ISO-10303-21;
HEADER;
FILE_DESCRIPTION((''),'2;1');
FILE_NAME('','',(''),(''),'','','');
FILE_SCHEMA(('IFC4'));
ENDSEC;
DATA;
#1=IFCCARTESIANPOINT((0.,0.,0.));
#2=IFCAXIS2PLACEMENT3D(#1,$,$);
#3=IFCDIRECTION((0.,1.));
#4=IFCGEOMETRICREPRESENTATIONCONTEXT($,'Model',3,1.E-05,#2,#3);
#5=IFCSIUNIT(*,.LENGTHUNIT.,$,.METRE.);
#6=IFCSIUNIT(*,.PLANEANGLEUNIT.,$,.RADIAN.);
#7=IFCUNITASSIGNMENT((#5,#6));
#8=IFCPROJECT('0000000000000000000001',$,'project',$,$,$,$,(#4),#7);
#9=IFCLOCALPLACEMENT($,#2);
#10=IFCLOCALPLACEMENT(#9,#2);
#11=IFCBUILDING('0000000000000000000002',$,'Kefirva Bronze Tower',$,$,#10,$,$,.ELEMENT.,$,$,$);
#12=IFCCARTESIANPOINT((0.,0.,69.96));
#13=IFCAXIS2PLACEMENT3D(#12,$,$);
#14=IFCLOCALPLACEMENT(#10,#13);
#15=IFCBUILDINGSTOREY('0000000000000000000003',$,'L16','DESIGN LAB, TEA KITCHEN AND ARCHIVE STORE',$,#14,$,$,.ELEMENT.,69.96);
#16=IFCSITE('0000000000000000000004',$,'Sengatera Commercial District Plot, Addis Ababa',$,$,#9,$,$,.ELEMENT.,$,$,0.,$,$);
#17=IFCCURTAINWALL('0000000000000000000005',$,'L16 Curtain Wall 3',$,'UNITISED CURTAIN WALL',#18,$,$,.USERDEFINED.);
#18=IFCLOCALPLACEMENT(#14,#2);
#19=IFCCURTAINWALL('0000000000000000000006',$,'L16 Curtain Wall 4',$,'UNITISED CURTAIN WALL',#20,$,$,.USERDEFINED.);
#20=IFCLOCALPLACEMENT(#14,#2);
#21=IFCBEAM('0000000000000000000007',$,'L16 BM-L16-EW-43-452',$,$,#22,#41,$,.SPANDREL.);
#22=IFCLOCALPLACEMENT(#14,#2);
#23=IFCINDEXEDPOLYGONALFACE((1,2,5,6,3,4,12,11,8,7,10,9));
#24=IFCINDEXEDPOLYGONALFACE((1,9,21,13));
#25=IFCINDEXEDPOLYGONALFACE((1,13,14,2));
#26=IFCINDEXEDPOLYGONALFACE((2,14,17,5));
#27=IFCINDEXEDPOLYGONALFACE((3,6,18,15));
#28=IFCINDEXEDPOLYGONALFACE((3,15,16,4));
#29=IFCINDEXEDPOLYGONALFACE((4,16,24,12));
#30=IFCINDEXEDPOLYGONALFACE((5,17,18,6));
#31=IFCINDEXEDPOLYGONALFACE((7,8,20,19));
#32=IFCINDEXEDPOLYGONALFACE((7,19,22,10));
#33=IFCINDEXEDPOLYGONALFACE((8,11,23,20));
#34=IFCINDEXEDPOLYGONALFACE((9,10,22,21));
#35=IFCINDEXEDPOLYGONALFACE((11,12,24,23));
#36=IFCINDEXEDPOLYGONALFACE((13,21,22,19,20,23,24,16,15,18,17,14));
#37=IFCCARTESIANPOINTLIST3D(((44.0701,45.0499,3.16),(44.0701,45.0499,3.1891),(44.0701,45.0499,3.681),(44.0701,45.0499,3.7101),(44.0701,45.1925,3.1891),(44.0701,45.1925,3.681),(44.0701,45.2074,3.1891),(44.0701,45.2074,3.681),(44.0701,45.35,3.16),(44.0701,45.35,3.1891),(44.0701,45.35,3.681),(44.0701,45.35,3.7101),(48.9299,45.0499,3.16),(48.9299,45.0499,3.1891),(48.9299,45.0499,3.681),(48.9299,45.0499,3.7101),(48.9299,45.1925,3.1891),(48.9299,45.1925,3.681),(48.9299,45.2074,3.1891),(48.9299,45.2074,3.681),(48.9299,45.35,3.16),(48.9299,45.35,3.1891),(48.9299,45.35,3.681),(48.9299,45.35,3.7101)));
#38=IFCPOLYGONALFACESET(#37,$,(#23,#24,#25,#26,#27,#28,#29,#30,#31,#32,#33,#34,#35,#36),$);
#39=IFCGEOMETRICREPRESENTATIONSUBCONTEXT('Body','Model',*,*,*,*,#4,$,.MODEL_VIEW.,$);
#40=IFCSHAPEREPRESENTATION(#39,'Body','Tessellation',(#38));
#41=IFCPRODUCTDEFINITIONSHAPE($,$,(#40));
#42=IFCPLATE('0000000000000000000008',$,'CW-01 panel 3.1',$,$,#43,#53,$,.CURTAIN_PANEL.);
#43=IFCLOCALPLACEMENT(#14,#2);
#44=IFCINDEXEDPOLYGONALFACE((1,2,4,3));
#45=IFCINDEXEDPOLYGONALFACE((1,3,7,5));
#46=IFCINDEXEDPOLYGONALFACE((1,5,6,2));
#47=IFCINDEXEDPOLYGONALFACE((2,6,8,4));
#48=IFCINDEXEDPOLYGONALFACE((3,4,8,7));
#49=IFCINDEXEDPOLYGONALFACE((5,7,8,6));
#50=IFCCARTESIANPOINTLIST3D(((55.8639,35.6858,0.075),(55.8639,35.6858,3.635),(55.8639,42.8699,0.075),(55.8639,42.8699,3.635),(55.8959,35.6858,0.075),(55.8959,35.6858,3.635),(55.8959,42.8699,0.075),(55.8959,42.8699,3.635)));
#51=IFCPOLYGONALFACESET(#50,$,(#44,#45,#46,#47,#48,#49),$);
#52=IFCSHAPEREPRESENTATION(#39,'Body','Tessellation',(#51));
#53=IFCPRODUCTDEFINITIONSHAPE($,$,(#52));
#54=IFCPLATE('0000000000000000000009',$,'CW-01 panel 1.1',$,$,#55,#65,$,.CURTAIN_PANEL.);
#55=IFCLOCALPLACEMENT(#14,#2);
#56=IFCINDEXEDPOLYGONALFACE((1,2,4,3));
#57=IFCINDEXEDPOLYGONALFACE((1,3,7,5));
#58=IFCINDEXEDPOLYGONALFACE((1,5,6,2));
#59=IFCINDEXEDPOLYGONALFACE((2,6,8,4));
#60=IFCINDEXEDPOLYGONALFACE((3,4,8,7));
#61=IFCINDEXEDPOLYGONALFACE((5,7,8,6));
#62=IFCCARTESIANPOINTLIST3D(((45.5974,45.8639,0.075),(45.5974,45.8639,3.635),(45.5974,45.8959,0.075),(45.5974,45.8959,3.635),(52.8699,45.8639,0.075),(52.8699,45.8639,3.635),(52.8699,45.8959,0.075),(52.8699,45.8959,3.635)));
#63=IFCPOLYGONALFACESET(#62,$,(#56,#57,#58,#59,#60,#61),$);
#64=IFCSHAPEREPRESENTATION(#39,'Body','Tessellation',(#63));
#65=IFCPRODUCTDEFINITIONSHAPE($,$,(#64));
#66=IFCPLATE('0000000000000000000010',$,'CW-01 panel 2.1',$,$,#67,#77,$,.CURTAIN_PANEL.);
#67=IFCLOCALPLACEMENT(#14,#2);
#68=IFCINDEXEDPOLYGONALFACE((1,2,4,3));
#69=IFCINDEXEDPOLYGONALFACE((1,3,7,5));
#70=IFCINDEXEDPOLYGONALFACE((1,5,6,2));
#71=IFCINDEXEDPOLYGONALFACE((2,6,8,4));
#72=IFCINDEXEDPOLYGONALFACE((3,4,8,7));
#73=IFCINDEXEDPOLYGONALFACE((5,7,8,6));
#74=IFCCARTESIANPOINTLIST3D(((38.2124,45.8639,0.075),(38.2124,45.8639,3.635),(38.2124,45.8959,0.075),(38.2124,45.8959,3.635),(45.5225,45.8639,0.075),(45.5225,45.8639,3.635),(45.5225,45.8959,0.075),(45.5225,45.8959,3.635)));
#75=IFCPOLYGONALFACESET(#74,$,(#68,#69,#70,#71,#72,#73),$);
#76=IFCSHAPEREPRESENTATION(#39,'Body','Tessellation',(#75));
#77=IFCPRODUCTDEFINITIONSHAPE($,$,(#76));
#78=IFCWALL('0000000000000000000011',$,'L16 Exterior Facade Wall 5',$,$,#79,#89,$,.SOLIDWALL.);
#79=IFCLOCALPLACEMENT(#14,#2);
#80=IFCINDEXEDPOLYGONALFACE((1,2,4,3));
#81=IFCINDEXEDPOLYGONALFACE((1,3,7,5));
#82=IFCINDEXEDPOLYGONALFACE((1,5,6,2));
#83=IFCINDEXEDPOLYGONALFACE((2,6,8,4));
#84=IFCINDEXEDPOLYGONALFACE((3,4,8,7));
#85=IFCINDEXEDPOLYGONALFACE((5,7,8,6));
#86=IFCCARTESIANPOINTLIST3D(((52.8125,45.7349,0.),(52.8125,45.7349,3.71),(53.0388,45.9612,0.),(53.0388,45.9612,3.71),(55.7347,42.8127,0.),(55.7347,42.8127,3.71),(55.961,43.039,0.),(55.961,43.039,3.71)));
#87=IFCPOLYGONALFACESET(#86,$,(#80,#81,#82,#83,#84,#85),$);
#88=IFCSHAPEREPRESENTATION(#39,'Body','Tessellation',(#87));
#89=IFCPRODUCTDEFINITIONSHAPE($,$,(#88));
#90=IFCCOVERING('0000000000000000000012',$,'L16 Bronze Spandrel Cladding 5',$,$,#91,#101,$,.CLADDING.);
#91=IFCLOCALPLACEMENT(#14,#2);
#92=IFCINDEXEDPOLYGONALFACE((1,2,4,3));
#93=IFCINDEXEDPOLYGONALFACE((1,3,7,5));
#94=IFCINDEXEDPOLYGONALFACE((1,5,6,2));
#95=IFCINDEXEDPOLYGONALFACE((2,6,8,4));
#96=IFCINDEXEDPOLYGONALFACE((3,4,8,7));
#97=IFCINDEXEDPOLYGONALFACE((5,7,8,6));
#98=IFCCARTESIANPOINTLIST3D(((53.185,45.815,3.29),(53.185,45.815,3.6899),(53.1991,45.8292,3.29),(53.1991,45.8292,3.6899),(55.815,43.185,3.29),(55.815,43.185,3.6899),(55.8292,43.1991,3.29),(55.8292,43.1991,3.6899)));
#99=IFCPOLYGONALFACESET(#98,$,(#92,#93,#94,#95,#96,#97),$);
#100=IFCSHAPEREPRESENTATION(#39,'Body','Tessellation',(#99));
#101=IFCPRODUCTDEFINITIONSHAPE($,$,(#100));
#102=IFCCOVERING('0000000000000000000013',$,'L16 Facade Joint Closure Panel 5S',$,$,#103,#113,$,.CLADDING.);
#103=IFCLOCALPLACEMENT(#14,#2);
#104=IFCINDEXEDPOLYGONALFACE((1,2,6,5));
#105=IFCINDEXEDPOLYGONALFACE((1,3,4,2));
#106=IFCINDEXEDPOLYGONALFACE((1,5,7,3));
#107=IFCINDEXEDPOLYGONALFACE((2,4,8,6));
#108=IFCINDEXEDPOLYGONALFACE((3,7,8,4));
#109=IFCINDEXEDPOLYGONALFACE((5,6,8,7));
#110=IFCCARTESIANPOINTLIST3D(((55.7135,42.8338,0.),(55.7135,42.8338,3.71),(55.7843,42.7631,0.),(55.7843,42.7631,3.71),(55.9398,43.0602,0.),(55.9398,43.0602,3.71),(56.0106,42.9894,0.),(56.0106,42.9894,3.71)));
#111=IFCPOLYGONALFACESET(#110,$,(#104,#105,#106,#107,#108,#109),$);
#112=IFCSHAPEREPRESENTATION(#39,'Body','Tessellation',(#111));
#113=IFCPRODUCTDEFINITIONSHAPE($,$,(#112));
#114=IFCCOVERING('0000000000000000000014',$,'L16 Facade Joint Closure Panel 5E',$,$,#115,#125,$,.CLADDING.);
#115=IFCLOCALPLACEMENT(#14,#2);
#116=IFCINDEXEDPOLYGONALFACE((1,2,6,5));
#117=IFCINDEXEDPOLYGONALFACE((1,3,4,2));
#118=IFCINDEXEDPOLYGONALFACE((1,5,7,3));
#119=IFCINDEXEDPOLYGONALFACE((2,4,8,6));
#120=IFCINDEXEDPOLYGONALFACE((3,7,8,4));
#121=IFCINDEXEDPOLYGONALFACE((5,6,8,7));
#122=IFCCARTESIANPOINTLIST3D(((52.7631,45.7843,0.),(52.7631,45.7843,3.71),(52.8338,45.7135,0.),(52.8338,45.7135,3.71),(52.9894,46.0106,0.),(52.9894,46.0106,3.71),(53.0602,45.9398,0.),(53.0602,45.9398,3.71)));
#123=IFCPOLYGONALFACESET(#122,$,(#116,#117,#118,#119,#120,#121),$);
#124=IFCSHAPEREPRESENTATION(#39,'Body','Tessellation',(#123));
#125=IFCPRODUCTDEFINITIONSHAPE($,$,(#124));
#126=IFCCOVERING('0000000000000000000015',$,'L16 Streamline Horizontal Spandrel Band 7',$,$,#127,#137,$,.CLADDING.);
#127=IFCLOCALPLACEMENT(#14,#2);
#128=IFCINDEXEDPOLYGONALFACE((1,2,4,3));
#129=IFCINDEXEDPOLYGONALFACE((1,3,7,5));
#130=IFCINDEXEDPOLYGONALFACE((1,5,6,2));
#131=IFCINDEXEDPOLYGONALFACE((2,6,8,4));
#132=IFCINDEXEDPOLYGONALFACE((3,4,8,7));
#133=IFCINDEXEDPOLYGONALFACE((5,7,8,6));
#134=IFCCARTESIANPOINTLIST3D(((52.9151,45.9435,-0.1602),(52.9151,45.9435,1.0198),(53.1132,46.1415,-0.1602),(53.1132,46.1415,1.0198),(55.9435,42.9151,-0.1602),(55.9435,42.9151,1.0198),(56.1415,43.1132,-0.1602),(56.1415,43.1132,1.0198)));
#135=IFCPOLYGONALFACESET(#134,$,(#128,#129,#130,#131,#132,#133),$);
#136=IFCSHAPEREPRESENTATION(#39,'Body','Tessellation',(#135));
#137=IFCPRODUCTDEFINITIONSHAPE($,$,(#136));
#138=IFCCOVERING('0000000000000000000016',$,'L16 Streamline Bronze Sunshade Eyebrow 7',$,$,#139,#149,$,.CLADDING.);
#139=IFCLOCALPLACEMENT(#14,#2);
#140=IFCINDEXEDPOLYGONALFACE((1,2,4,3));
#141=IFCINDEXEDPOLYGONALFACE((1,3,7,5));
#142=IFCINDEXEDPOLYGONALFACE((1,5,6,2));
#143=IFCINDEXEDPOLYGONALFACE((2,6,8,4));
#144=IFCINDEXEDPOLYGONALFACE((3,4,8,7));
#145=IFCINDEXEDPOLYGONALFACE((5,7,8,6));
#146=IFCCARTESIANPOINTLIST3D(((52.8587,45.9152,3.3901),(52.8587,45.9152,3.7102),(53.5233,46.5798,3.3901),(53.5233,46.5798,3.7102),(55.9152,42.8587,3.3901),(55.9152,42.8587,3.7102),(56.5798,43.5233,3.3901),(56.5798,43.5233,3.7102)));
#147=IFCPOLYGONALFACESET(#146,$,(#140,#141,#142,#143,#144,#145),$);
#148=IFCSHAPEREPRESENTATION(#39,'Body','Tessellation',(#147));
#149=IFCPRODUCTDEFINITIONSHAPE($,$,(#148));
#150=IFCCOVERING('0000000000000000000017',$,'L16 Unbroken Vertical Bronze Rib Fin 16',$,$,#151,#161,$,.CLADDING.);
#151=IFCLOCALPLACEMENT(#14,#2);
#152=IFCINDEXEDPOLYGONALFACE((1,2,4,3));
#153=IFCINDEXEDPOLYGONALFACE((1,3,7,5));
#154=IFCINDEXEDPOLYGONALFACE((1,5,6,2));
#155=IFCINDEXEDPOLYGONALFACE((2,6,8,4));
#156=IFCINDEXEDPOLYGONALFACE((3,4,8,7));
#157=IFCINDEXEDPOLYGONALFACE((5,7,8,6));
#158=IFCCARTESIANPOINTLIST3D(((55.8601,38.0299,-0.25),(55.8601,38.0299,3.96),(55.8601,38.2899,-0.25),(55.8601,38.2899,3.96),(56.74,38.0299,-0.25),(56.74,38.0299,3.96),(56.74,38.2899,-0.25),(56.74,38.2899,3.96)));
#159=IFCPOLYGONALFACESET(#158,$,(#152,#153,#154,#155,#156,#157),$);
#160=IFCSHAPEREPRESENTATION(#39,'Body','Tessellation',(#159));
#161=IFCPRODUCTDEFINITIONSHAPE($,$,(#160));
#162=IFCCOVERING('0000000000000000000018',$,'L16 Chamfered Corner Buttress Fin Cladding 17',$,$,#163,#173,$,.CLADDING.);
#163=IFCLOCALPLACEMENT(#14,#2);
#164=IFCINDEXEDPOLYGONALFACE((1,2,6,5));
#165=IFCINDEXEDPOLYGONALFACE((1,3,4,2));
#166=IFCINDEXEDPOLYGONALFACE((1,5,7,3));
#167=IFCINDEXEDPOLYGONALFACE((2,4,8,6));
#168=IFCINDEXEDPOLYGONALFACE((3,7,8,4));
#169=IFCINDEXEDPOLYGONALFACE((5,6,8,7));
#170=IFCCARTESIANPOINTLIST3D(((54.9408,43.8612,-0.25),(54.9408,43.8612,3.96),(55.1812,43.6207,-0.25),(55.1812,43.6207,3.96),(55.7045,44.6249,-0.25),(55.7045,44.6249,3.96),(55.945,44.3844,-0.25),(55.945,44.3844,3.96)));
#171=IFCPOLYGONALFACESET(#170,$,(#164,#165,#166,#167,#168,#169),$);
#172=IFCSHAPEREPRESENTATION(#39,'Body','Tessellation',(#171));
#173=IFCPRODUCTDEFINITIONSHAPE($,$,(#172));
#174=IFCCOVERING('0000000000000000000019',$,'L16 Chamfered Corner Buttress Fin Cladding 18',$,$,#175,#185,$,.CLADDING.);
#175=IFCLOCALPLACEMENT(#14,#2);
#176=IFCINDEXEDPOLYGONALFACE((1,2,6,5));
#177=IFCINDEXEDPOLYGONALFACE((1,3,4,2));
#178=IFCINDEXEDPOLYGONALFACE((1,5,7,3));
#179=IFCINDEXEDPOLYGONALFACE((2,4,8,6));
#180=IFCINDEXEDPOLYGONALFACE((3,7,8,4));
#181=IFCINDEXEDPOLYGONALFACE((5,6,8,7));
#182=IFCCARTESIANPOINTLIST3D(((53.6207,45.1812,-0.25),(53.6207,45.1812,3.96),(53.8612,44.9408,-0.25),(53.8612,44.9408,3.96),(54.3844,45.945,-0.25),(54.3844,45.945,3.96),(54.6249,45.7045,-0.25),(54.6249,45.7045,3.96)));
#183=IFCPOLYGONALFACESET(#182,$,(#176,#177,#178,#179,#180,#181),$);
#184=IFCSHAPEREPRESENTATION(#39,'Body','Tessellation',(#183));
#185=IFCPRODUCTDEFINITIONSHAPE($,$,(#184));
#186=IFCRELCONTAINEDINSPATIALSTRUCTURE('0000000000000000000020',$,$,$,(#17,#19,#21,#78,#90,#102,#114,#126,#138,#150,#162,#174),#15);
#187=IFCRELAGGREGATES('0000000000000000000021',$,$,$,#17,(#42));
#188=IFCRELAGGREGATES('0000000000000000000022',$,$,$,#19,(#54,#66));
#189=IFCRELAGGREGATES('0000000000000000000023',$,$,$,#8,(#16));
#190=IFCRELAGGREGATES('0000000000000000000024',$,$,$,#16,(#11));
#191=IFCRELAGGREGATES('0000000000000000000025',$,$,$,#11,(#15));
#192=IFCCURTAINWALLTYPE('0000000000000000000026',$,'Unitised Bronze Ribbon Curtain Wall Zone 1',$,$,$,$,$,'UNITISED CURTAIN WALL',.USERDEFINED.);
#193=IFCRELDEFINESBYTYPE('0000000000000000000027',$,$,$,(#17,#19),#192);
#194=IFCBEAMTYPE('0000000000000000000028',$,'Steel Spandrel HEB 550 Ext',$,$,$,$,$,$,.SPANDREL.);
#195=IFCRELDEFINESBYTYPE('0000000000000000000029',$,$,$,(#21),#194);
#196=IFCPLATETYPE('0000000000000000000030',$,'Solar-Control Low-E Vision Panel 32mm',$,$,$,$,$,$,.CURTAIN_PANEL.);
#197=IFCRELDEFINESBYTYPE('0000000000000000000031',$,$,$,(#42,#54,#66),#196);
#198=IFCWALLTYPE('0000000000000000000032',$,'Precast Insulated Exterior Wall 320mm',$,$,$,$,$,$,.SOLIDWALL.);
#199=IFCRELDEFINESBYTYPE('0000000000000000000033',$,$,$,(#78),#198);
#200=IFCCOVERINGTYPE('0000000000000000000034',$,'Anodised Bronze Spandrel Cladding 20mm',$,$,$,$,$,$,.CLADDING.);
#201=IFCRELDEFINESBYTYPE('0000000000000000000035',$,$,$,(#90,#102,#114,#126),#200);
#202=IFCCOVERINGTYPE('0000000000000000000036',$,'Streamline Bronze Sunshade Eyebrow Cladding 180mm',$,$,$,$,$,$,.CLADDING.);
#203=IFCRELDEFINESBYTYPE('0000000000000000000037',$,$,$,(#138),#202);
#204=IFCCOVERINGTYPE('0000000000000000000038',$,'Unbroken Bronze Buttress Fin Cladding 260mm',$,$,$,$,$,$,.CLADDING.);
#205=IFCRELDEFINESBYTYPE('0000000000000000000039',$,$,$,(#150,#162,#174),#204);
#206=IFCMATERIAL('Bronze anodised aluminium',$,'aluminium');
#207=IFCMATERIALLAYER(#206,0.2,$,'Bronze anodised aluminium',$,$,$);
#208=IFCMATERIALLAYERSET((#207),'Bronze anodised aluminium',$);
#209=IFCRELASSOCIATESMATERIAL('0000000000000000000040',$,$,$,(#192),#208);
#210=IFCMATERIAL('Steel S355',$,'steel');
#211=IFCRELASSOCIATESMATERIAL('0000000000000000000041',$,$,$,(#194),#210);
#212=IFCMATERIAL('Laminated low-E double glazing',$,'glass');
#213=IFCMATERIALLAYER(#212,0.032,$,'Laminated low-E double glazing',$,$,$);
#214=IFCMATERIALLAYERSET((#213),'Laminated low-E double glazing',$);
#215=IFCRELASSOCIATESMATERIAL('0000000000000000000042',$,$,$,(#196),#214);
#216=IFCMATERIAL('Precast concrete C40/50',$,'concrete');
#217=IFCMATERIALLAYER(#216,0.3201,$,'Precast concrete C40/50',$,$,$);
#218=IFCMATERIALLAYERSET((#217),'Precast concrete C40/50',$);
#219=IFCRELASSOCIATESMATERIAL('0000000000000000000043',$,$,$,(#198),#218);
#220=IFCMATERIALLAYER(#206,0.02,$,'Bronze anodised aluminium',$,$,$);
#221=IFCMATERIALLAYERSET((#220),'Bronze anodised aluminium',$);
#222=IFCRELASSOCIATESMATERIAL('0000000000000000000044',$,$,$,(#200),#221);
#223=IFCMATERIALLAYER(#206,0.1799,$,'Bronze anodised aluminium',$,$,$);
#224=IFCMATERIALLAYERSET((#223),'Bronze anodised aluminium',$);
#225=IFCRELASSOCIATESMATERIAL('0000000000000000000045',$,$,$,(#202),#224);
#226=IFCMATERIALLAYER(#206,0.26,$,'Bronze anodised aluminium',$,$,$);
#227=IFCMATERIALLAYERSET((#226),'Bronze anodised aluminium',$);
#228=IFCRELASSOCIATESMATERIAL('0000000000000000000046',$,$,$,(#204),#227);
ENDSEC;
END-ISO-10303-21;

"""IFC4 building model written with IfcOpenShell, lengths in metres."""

from ifc_helpers import new_model, si_unit, direction, frame, frame_2d, origin, origin_2d, place, context, subcontext, project, spatial, rectangle, i_section, extrude, material, layer, layer_set, material_profile, profile_set, type_object, element, aggregate, save


model = new_model("IFC4")

# Units and contexts
model_context = context("Model", 3, precision=1e-05, world=origin(), true_north=direction((0.0, 1.0)))
body_context = subcontext(model_context, "Body", "Model", "MODEL_VIEW")
ifc_project = project(units=[si_unit("LENGTHUNIT", "METRE"), si_unit("PLANEANGLEUNIT", "RADIAN")], contexts=[model_context])

# Site, building, storey
site_placement = place(None, origin())
site = spatial("IfcSite", under=ifc_project, at=site_placement, Name="Sengatera Commercial District Plot, Addis Ababa", CompositionType="ELEMENT", RefElevation=0.0)
building_placement = place(site_placement, origin())
building = spatial("IfcBuilding", under=site, at=building_placement, Name="Kefirva Bronze Tower", CompositionType="ELEMENT")
storey_placement = place(building_placement, frame((0.0, 0.0, 69.96)))
storey = spatial("IfcBuildingStorey", under=building, at=storey_placement, Name="L16", Description="DESIGN LAB, TEA KITCHEN AND ARCHIVE STORE", CompositionType="ELEMENT", Elevation=69.96)

# Curtain wall
ifc_material_1 = material(Name="Bronze anodised aluminium", Category="aluminium")
ifc_layer_1 = layer(ifc_material_1, 0.2, Name="Bronze anodised aluminium")
ifc_layer_set_1 = layer_set([ifc_layer_1], Name="Bronze anodised aluminium")
curtain_wall_type = type_object("IfcCurtainWallType", Name="Unitised Bronze Ribbon Curtain Wall Zone 1", ElementType="UNITISED CURTAIN WALL", PredefinedType="USERDEFINED", material=ifc_layer_set_1)
curtain_wall_1_placement = place(storey_placement, origin())
curtain_wall_1 = element("IfcCurtainWall", 1, at=curtain_wall_1_placement, inside=storey, type_object=curtain_wall_type, Name="L16 Curtain Wall 3", ObjectType="UNITISED CURTAIN WALL", PredefinedType="USERDEFINED")

# Curtain wall
curtain_wall_2_placement = place(storey_placement, origin())
curtain_wall_2 = element("IfcCurtainWall", 2, at=curtain_wall_2_placement, inside=storey, type_object=curtain_wall_type, Name="L16 Curtain Wall 4", ObjectType="UNITISED CURTAIN WALL", PredefinedType="USERDEFINED")

# Beam
ifc_material_2 = material(Name="Steel S355", Category="steel")
ifc_material_profile_1 = material_profile(ifc_material_2, i_section(OverallWidth=0.3, OverallDepth=0.55, WebThickness=0.0149, FlangeThickness=0.0291, at=origin_2d()), Name="HEB 550")
ifc_profile_set_1 = profile_set([ifc_material_profile_1], Name="Steel S355")
beam_type_1 = type_object("IfcBeamType", Name="Steel Spandrel HEB 550 Ext", PredefinedType="SPANDREL", material=ifc_profile_set_1)
beam_1_placement = place(storey_placement, frame((44.0701, 45.2, 3.4351), z_axis=(1.0, 0.0, 0.0), x_axis=(0.0, 1.0, 0.0)))
element("IfcBeam", 3, at=beam_1_placement, inside=storey, type_object=beam_type_1, Name="L16 BM-L16-EW-43-452", PredefinedType="SPANDREL", context=body_context, shape_type="SweptSolid", body=[
    extrude(i_section(OverallWidth=0.3, OverallDepth=0.55, WebThickness=0.0149, FlangeThickness=0.0291, at=origin_2d()), origin(), (0.0, 0.0, 1.0), 4.8599),
])

# Plates
ifc_material_3 = material(Name="Laminated low-E double glazing", Category="glass")
ifc_layer_2 = layer(ifc_material_3, 0.032, Name="Laminated low-E double glazing")
ifc_layer_set_2 = layer_set([ifc_layer_2], Name="Laminated low-E double glazing")
plate_type = type_object("IfcPlateType", Name="Solar-Control Low-E Vision Panel 32mm", PredefinedType="CURTAIN_PANEL", material=ifc_layer_set_2)
plate_1_placement = place(storey_placement, frame((55.8799, 39.2778, 0.075), z_axis=(0.0, 0.0, 1.0), x_axis=(0.0, 1.0, 0.0)))
plate_1 = element("IfcPlate", 4, at=plate_1_placement, type_object=plate_type, Name="CW-01 panel 3.1", PredefinedType="CURTAIN_PANEL", context=body_context, shape_type="SweptSolid", body=[
    extrude(rectangle(XDim=7.1841, YDim=0.032, at=origin_2d()), origin(), (0.0, 0.0, 1.0), 3.5601),
])
aggregate(curtain_wall_1, [plate_1])
plate_2_placement = place(storey_placement, frame((49.2336, 45.8799, 0.075), z_axis=(0.0, 0.0, 1.0), x_axis=(-1.0, 0.0, 0.0)))
plate_2 = element("IfcPlate", 5, at=plate_2_placement, type_object=plate_type, Name="CW-01 panel 1.1", PredefinedType="CURTAIN_PANEL", context=body_context, shape_type="SweptSolid", body=[
    extrude(rectangle(XDim=7.2725, YDim=0.032, at=origin_2d()), origin(), (0.0, 0.0, 1.0), 3.5601),
])
plate_3_placement = place(storey_placement, frame((41.8674, 45.8799, 0.075), z_axis=(0.0, 0.0, 1.0), x_axis=(-1.0, 0.0, 0.0)))
plate_3 = element("IfcPlate", 6, at=plate_3_placement, type_object=plate_type, Name="CW-01 panel 2.1", PredefinedType="CURTAIN_PANEL", context=body_context, shape_type="SweptSolid", body=[
    extrude(rectangle(XDim=7.3101, YDim=0.032, at=origin_2d()), origin(), (0.0, 0.0, 1.0), 3.5601),
])
aggregate(curtain_wall_2, [plate_2, plate_3])

# Wall
ifc_material_4 = material(Name="Precast concrete C40/50", Category="concrete")
ifc_layer_3 = layer(ifc_material_4, 0.3201, Name="Precast concrete C40/50")
ifc_layer_set_3 = layer_set([ifc_layer_3], Name="Precast concrete C40/50")
wall_type = type_object("IfcWallType", Name="Precast Insulated Exterior Wall 320mm", PredefinedType="SOLIDWALL", material=ifc_layer_set_3)
wall_placement = place(storey_placement, frame((55.8479, 42.9258, 0.0), z_axis=(0.0, 0.0, 1.0), x_axis=(-0.707107, 0.707107, 0.0)))
element("IfcWall", 7, at=wall_placement, inside=storey, type_object=wall_type, Name="L16 Exterior Facade Wall 5", PredefinedType="SOLIDWALL", context=body_context, shape_type="SweptSolid", body=[
    extrude(rectangle(XDim=4.1326, YDim=0.3201, at=frame_2d((2.0664, 0.0))), origin(), (0.0, 0.0, 1.0), 3.71),
])

# Coverings
ifc_layer_4 = layer(ifc_material_1, 0.02, Name="Bronze anodised aluminium")
ifc_layer_set_4 = layer_set([ifc_layer_4], Name="Bronze anodised aluminium")
covering_type_1 = type_object("IfcCoveringType", Name="Anodised Bronze Spandrel Cladding 20mm", PredefinedType="CLADDING", material=ifc_layer_set_4)
covering_1_placement = place(storey_placement, frame((54.5071, 44.5071, 3.29), z_axis=(0.0, 0.0, 1.0), x_axis=(-0.707107, 0.707107, 0.0)))
element("IfcCovering", 8, at=covering_1_placement, inside=storey, type_object=covering_type_1, Name="L16 Bronze Spandrel Cladding 5", PredefinedType="CLADDING", context=body_context, shape_type="SweptSolid", body=[
    extrude(rectangle(XDim=3.7195, YDim=0.02, at=origin_2d()), origin(), (0.0, 0.0, 1.0), 0.3999),
])
for number, where, z_axis, x_axis, name in (
    (9, (55.8621, 42.9116, 0.0), (0.0, 0.0, 1.0), (-0.707107, 0.707107, 0.0), "L16 Facade Joint Closure Panel 5S"),
    (10, (52.9116, 45.8621, 0.0), (0.0, 0.0, 1.0), (-0.707107, 0.707107, 0.0), "L16 Facade Joint Closure Panel 5E"),
):
    element("IfcCovering", number, at=place(storey_placement, frame(where, z_axis=z_axis, x_axis=x_axis)), inside=storey, type_object=covering_type_1, Name=name, PredefinedType="CLADDING", context=body_context, shape_type="SweptSolid", body=[
        extrude(rectangle(XDim=0.1001, YDim=0.3201, at=origin_2d()), origin(), (0.0, 0.0, 1.0), 3.71),
    ])
covering_2_placement = place(storey_placement, frame((54.5283, 44.5283, -0.1602), z_axis=(0.0, 0.0, 1.0), x_axis=(-0.707107, 0.707107, 0.0)))
element("IfcCovering", 11, at=covering_2_placement, inside=storey, type_object=covering_type_1, Name="L16 Streamline Horizontal Spandrel Band 7", PredefinedType="CLADDING", context=body_context, shape_type="SweptSolid", body=[
    extrude(rectangle(XDim=4.2827, YDim=0.28, at=origin_2d()), origin(), (0.0, 0.0, 1.0), 1.1799),
])
ifc_layer_5 = layer(ifc_material_1, 0.1799, Name="Bronze anodised aluminium")
ifc_layer_set_5 = layer_set([ifc_layer_5], Name="Bronze anodised aluminium")
covering_type_2 = type_object("IfcCoveringType", Name="Streamline Bronze Sunshade Eyebrow Cladding 180mm", PredefinedType="CLADDING", material=ifc_layer_set_5)
covering_3_placement = place(storey_placement, frame((54.7192, 44.7192, 3.3901), z_axis=(0.0, 0.0, 1.0), x_axis=(-0.707107, 0.707107, 0.0)))
element("IfcCovering", 12, at=covering_3_placement, inside=storey, type_object=covering_type_2, Name="L16 Streamline Bronze Sunshade Eyebrow 7", PredefinedType="CLADDING", context=body_context, shape_type="SweptSolid", body=[
    extrude(rectangle(XDim=4.3225, YDim=0.9399, at=origin_2d()), origin(), (0.0, 0.0, 1.0), 0.3201),
])
ifc_layer_6 = layer(ifc_material_1, 0.26, Name="Bronze anodised aluminium")
ifc_layer_set_6 = layer_set([ifc_layer_6], Name="Bronze anodised aluminium")
covering_type_3 = type_object("IfcCoveringType", Name="Unbroken Bronze Buttress Fin Cladding 260mm", PredefinedType="CLADDING", material=ifc_layer_set_6)
covering_4_placement = place(storey_placement, frame((56.3, 38.1599, -0.25), z_axis=(0.0, 0.0, 1.0), x_axis=(0.0, 1.0, 0.0)))
element("IfcCovering", 13, at=covering_4_placement, inside=storey, type_object=covering_type_3, Name="L16 Unbroken Vertical Bronze Rib Fin 16", PredefinedType="CLADDING", context=body_context, shape_type="SweptSolid", body=[
    extrude(rectangle(XDim=0.26, YDim=0.8799, at=origin_2d()), origin(), (0.0, 0.0, 1.0), 4.21),
])
for number, where, z_axis, x_axis, name in (
    (14, (55.4429, 44.1228, -0.25), (0.0, 0.0, 1.0), (-0.707107, 0.707107, 0.0), "L16 Chamfered Corner Buttress Fin Cladding 17"),
    (15, (54.1228, 45.4429, -0.25), (0.0, 0.0, 1.0), (-0.707107, 0.707107, 0.0), "L16 Chamfered Corner Buttress Fin Cladding 18"),
):
    element("IfcCovering", number, at=place(storey_placement, frame(where, z_axis=z_axis, x_axis=x_axis)), inside=storey, type_object=covering_type_3, Name=name, PredefinedType="CLADDING", context=body_context, shape_type="SweptSolid", body=[
        extrude(rectangle(XDim=0.3401, YDim=1.0801, at=origin_2d()), origin(), (0.0, 0.0, 1.0), 4.21),
    ])

save(model, "model.ifc")
